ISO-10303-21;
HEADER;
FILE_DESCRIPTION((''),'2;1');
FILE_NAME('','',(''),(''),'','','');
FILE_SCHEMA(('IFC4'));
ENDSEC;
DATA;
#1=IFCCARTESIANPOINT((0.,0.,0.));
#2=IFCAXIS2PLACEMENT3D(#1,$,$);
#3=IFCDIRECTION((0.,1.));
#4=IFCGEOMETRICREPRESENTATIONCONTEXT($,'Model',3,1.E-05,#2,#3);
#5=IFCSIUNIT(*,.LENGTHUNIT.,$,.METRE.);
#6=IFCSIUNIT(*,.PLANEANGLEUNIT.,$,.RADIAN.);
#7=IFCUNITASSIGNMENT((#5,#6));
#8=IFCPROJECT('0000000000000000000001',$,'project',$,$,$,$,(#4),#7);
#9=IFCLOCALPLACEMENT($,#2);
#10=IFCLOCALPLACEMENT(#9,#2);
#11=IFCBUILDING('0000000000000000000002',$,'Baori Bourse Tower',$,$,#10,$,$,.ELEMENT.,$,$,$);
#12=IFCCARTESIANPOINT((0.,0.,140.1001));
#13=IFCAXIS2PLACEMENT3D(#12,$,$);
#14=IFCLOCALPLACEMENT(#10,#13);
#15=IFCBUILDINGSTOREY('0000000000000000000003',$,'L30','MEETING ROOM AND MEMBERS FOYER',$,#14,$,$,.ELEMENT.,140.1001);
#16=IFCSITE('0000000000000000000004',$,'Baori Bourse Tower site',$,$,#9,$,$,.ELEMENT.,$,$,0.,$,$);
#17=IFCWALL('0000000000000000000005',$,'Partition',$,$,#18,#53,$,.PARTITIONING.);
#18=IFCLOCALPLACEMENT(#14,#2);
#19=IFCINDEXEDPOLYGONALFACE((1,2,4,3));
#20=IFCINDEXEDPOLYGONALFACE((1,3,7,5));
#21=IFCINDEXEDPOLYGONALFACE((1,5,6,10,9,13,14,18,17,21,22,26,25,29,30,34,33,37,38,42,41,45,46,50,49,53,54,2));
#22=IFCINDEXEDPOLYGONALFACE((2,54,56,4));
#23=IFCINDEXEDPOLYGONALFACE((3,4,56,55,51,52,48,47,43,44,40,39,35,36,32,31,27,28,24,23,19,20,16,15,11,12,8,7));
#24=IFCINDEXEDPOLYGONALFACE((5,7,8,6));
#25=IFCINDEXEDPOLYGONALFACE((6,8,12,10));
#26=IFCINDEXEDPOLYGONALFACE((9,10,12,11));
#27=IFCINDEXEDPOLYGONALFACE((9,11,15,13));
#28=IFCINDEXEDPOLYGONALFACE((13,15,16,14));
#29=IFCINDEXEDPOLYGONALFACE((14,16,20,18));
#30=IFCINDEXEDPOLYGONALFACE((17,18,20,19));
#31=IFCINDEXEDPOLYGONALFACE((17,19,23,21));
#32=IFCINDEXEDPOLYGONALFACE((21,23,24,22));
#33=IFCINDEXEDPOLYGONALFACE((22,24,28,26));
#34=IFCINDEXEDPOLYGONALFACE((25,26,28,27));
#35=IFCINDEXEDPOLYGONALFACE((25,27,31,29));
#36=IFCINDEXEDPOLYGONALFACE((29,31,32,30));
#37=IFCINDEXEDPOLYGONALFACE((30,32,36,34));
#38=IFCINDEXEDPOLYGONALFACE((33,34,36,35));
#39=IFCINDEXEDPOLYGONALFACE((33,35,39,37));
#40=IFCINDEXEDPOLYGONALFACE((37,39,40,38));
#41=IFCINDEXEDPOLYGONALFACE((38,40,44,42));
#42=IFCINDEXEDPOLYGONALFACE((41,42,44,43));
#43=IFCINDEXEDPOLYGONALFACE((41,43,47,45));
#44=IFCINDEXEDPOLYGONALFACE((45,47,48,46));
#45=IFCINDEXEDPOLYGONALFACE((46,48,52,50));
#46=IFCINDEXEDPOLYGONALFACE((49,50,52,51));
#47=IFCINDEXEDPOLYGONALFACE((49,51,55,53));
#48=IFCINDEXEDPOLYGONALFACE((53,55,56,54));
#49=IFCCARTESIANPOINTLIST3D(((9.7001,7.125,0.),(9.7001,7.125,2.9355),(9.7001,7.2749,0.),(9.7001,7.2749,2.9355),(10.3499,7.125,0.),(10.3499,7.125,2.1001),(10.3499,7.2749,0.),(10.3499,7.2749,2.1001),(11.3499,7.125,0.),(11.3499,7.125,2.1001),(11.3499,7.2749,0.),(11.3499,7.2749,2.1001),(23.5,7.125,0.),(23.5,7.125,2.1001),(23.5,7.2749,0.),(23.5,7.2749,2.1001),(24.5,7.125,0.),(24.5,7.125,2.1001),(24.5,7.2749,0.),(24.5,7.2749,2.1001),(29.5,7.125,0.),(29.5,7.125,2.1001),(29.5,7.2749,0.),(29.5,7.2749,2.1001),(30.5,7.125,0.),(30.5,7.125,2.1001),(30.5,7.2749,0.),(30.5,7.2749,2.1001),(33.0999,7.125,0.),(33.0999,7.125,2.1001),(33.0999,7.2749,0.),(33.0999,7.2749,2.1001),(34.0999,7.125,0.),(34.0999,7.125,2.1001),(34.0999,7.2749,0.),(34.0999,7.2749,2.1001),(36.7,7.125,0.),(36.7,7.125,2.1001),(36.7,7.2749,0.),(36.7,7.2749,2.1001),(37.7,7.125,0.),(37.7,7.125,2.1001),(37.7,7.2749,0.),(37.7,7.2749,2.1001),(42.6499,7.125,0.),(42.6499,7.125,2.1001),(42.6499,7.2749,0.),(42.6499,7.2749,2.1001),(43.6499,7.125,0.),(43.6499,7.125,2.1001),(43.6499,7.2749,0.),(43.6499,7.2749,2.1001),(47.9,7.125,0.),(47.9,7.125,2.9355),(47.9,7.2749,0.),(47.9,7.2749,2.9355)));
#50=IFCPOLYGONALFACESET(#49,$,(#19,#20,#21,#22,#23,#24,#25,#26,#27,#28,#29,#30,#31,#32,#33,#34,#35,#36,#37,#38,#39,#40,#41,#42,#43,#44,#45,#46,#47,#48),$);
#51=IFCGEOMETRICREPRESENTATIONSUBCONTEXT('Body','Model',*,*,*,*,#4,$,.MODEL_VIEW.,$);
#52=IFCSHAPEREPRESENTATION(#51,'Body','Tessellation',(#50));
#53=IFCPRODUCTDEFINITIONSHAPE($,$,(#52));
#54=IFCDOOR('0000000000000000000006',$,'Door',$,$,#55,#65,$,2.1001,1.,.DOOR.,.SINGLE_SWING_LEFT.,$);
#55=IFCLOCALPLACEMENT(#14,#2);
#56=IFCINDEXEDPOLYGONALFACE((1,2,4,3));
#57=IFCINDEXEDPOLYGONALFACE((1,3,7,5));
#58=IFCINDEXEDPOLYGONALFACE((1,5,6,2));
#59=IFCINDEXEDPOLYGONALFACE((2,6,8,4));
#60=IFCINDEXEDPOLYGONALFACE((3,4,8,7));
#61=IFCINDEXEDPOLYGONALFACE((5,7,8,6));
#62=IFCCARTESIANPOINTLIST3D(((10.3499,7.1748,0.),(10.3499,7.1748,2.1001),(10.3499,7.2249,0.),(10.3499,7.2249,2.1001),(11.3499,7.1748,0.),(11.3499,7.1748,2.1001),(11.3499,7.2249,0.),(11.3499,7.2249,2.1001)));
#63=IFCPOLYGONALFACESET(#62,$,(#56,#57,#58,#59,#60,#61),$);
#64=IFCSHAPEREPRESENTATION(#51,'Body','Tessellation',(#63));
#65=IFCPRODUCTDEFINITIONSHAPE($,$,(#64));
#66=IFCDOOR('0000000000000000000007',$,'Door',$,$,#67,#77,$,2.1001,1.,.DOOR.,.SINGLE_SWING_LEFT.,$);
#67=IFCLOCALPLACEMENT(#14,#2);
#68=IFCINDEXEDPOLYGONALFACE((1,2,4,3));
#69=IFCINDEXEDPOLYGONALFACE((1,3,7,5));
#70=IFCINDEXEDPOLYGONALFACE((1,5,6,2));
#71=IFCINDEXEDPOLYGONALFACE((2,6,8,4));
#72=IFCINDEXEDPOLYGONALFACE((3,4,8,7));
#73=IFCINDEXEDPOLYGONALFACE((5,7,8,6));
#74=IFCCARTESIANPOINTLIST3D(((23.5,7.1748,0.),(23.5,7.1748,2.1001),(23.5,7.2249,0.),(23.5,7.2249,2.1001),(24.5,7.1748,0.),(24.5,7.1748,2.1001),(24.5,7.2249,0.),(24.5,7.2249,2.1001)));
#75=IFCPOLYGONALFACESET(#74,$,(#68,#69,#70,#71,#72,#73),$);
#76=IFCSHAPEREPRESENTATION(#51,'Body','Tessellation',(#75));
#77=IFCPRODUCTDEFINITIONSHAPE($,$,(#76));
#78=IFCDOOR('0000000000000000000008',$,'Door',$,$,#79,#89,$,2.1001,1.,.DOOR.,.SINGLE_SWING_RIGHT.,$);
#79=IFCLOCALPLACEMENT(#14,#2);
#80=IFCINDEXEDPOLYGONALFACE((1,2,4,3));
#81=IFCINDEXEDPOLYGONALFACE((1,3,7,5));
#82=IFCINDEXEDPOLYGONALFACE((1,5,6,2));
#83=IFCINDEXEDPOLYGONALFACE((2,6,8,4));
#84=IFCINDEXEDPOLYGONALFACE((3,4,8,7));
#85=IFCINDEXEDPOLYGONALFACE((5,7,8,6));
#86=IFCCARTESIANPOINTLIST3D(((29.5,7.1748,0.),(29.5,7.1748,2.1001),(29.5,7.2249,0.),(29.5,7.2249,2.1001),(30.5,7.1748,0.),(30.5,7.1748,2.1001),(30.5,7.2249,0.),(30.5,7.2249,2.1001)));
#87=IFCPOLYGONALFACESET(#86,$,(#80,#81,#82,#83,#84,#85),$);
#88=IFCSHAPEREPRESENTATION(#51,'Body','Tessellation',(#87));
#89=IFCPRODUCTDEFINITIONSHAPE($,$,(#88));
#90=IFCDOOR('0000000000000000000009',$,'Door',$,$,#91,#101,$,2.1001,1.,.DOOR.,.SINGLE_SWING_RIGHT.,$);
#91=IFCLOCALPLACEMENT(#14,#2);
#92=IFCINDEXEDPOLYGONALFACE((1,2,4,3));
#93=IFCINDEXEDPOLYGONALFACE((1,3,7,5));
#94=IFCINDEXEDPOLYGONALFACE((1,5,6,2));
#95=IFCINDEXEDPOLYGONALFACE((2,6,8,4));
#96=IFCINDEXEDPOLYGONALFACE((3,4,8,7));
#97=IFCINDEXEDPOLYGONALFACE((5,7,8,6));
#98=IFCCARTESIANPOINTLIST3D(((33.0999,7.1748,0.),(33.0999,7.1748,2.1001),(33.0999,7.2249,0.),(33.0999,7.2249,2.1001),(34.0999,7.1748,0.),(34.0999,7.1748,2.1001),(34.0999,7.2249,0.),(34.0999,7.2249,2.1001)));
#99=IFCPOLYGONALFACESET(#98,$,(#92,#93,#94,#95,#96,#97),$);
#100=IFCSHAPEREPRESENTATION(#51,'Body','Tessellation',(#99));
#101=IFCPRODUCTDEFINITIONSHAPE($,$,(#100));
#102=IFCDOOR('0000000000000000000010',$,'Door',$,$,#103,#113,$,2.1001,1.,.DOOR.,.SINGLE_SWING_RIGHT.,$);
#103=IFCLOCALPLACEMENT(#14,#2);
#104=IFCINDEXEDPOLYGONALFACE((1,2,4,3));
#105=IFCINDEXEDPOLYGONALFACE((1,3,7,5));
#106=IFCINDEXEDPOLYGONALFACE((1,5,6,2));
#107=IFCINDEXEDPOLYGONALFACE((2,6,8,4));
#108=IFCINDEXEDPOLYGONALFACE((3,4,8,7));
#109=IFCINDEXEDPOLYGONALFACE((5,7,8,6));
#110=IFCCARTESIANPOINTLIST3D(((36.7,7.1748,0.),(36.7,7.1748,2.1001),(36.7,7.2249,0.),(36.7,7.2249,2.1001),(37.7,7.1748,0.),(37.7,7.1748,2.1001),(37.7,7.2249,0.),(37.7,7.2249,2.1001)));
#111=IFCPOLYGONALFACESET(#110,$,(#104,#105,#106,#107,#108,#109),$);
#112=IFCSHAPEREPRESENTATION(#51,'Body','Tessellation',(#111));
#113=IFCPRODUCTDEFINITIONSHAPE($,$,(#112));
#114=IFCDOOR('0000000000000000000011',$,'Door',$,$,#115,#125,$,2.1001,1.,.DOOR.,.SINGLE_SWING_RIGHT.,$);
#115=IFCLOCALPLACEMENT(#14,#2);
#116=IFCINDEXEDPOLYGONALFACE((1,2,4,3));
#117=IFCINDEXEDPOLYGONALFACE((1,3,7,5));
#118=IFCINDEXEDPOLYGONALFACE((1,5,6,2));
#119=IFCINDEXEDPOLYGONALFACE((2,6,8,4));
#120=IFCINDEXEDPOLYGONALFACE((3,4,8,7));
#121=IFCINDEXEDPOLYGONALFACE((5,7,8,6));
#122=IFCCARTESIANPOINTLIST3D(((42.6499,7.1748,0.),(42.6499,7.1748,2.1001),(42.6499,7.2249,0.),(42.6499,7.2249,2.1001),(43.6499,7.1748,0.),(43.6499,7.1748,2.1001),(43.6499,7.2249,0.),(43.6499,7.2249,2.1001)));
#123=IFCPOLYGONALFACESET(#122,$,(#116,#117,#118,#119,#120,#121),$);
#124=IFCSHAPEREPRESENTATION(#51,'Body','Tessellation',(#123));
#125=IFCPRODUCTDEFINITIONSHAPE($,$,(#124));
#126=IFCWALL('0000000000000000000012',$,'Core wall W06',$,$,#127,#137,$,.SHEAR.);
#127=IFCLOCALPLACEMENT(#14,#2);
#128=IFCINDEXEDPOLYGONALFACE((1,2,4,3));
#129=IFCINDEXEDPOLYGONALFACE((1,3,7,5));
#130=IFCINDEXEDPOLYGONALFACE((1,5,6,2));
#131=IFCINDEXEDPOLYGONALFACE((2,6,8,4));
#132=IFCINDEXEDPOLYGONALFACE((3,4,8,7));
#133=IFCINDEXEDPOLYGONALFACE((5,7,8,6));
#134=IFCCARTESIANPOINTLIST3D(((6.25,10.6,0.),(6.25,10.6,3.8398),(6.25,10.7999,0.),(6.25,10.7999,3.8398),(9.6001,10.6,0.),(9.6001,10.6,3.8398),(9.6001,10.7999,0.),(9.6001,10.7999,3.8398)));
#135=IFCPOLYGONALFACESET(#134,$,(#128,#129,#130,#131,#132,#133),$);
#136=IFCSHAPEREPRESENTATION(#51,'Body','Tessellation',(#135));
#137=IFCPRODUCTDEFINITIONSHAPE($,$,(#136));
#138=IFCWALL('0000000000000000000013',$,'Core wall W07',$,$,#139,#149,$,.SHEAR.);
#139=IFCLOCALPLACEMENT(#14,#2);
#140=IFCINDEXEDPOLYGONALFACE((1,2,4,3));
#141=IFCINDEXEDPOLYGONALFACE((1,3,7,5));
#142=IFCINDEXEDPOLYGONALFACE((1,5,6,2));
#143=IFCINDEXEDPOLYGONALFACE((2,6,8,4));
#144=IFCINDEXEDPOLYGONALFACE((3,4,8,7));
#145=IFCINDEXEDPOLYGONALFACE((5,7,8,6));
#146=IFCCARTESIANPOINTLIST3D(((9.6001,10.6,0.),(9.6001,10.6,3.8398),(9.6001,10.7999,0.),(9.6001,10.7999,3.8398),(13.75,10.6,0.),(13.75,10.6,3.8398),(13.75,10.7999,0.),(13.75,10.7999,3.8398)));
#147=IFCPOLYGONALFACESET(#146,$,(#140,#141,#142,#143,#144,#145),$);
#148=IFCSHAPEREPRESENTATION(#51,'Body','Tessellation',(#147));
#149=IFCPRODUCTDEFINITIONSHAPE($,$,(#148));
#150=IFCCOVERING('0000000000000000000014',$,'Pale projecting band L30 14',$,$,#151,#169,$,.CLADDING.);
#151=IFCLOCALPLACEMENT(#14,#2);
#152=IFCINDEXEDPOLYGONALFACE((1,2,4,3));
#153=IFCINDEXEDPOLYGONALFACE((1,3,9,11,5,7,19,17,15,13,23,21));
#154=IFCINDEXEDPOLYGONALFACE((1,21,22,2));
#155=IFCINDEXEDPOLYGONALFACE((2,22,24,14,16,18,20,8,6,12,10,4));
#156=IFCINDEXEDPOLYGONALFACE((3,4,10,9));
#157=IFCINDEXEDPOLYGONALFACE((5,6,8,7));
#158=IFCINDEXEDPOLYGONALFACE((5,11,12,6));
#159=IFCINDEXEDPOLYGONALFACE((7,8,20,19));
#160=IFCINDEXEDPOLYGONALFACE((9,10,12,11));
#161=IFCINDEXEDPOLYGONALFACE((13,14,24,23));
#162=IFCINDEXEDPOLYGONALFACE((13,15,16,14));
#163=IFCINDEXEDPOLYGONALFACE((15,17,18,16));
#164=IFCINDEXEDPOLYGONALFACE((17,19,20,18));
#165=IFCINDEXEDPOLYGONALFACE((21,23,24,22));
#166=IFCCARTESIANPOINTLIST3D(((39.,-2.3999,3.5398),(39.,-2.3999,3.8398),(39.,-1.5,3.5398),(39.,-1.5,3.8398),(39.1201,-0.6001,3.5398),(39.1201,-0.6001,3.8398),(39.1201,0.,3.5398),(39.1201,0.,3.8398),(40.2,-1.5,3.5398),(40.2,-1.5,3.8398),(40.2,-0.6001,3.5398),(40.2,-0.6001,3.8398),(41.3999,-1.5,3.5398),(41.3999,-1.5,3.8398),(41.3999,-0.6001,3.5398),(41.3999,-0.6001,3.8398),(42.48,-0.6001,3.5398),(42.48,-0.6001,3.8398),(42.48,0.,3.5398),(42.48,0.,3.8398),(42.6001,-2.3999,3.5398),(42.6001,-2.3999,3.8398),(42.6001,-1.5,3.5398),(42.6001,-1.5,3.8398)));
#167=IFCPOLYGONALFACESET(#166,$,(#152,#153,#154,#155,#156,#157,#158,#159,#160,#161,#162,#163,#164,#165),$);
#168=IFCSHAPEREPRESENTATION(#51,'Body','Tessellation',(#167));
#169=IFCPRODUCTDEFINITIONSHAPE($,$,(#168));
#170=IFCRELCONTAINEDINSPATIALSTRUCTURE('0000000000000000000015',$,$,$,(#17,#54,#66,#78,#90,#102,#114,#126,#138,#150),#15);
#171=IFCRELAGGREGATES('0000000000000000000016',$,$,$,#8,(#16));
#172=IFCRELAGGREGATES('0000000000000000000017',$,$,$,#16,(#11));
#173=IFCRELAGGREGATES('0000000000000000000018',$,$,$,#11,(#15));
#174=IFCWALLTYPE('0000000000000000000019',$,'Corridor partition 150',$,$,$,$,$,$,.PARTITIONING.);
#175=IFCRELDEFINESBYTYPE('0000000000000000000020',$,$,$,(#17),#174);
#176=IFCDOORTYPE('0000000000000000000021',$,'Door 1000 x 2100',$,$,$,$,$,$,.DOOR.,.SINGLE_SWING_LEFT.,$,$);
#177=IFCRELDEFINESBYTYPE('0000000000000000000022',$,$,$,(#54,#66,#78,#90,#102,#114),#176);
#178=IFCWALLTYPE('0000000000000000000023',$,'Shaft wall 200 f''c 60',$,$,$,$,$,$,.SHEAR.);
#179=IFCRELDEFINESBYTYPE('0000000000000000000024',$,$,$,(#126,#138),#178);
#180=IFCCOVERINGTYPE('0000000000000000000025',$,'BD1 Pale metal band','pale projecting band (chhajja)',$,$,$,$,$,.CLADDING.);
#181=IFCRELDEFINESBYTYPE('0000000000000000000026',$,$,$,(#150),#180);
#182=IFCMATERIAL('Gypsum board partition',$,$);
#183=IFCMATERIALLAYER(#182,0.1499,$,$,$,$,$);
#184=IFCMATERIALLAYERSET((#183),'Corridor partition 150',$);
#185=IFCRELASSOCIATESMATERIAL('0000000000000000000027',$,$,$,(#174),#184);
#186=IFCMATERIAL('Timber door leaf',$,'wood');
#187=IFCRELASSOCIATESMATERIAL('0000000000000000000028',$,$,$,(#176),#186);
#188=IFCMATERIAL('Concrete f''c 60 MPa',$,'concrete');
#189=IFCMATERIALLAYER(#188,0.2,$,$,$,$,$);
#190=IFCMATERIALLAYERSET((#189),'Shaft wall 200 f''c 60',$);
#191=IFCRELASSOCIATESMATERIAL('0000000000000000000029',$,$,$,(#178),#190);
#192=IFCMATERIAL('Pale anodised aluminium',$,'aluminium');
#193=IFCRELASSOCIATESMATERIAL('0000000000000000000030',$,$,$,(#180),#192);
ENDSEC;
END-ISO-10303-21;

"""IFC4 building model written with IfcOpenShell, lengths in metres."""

from ifc_helpers import new_model, si_unit, direction, frame, frame_2d, origin, place, context, subcontext, project, spatial, polyline, rectangle, outline, extrude, material, layer, layer_set, type_object, element, fill, save


model = new_model("IFC4")

# Units and contexts
model_context = context("Model", 3, precision=1e-05, world=origin(), true_north=direction((0.0, 1.0)))
body_context = subcontext(model_context, "Body", "Model", "MODEL_VIEW")
ifc_project = project(units=[si_unit("LENGTHUNIT", "METRE"), si_unit("PLANEANGLEUNIT", "RADIAN")], contexts=[model_context])

# Site, building, storey
site_placement = place(None, origin())
site = spatial("IfcSite", under=ifc_project, at=site_placement, Name="Baori Bourse Tower site", CompositionType="ELEMENT", RefElevation=0.0)
building_placement = place(site_placement, origin())
building = spatial("IfcBuilding", under=site, at=building_placement, Name="Baori Bourse Tower", CompositionType="ELEMENT")
storey_placement = place(building_placement, frame((0.0, 0.0, 140.1001)))
storey = spatial("IfcBuildingStorey", under=building, at=storey_placement, Name="L30", Description="MEETING ROOM AND MEMBERS FOYER", CompositionType="ELEMENT", Elevation=140.1001)

# Wall, openings, doors
ifc_material_1 = material(Name="Gypsum board partition")
ifc_layer_1 = layer(ifc_material_1, 0.1499)
ifc_layer_set_1 = layer_set([ifc_layer_1], Name="Corridor partition 150")
wall_type_1 = type_object("IfcWallType", Name="Corridor partition 150", PredefinedType="PARTITIONING", material=ifc_layer_set_1)
wall_1_placement = place(storey_placement, frame((9.7, 7.2, 0.0), z_axis=(0.0, 0.0, 1.0), x_axis=(1.0, 0.0, 0.0)))
wall_1 = element("IfcWall", 1, at=wall_1_placement, inside=storey, type_object=wall_type_1, Name="Partition", PredefinedType="PARTITIONING", context=body_context, shape_type="SweptSolid", body=[
    extrude(rectangle(XDim=38.2, YDim=0.1499, at=frame_2d((19.1001, 0.0))), origin(), (0.0, 0.0, 1.0), 2.9355),
])
opening_1_placement = place(wall_1_placement, frame((0.6499, 0.0, 0.0)))
opening_1 = element("IfcOpeningElement", 2, at=opening_1_placement, cuts=wall_1, PredefinedType="OPENING", context=body_context, shape_type="SweptSolid", body=[
    extrude(rectangle(XDim=1.0, YDim=2.1001, at=frame_2d((0.5, 1.05))), frame((0.0, 0.085, 0.0), z_axis=(0.0, -1.0, 0.0), x_axis=(1.0, 0.0, 0.0)), (0.0, 0.0, 1.0), 0.1699),
])
opening_2_placement = place(wall_1_placement, frame((13.8, 0.0, 0.0)))
opening_2 = element("IfcOpeningElement", 3, at=opening_2_placement, cuts=wall_1, PredefinedType="OPENING", context=body_context, shape_type="SweptSolid", body=[
    extrude(rectangle(XDim=1.0, YDim=2.1001, at=frame_2d((0.5, 1.05))), frame((0.0, 0.085, 0.0), z_axis=(0.0, -1.0, 0.0), x_axis=(1.0, 0.0, 0.0)), (0.0, 0.0, 1.0), 0.1699),
])
opening_3_placement = place(wall_1_placement, frame((19.8, 0.0, 0.0)))
opening_3 = element("IfcOpeningElement", 4, at=opening_3_placement, cuts=wall_1, PredefinedType="OPENING", context=body_context, shape_type="SweptSolid", body=[
    extrude(rectangle(XDim=1.0, YDim=2.1001, at=frame_2d((0.5, 1.05))), frame((0.0, 0.085, 0.0), z_axis=(0.0, -1.0, 0.0), x_axis=(1.0, 0.0, 0.0)), (0.0, 0.0, 1.0), 0.1699),
])
opening_4_placement = place(wall_1_placement, frame((23.3999, 0.0, 0.0)))
opening_4 = element("IfcOpeningElement", 5, at=opening_4_placement, cuts=wall_1, PredefinedType="OPENING", context=body_context, shape_type="SweptSolid", body=[
    extrude(rectangle(XDim=1.0, YDim=2.1001, at=frame_2d((0.5, 1.05))), frame((0.0, 0.085, 0.0), z_axis=(0.0, -1.0, 0.0), x_axis=(1.0, 0.0, 0.0)), (0.0, 0.0, 1.0), 0.1699),
])
opening_5_placement = place(wall_1_placement, frame((27.0, 0.0, 0.0)))
opening_5 = element("IfcOpeningElement", 6, at=opening_5_placement, cuts=wall_1, PredefinedType="OPENING", context=body_context, shape_type="SweptSolid", body=[
    extrude(rectangle(XDim=1.0, YDim=2.1001, at=frame_2d((0.5, 1.05))), frame((0.0, 0.085, 0.0), z_axis=(0.0, -1.0, 0.0), x_axis=(1.0, 0.0, 0.0)), (0.0, 0.0, 1.0), 0.1699),
])
opening_6_placement = place(wall_1_placement, frame((32.95, 0.0, 0.0)))
opening_6 = element("IfcOpeningElement", 7, at=opening_6_placement, cuts=wall_1, PredefinedType="OPENING", context=body_context, shape_type="SweptSolid", body=[
    extrude(rectangle(XDim=1.0, YDim=2.1001, at=frame_2d((0.5, 1.05))), frame((0.0, 0.085, 0.0), z_axis=(0.0, -1.0, 0.0), x_axis=(1.0, 0.0, 0.0)), (0.0, 0.0, 1.0), 0.1699),
])
ifc_material_2 = material(Name="Timber door leaf", Category="wood")
door_type = type_object("IfcDoorType", Name="Door 1000 x 2100", OperationType="SINGLE_SWING_LEFT", PredefinedType="DOOR", material=ifc_material_2)
door_1_placement = place(opening_1_placement, origin())
door_1 = element("IfcDoor", 8, at=door_1_placement, inside=storey, type_object=door_type, Name="Door", OperationType="SINGLE_SWING_LEFT", OverallHeight=2.1001, OverallWidth=1.0, PredefinedType="DOOR", context=body_context, shape_type="SweptSolid", body=[
    extrude(rectangle(XDim=1.0, YDim=2.1001, at=frame_2d((0.5, 1.05))), frame((0.0, 0.0249, 0.0), z_axis=(0.0, -1.0, 0.0), x_axis=(1.0, 0.0, 0.0)), (0.0, 0.0, 1.0), 0.05),
])
fill(opening_1, door_1)
door_2_placement = place(opening_2_placement, origin())
door_2 = element("IfcDoor", 9, at=door_2_placement, inside=storey, type_object=door_type, Name="Door", OperationType="SINGLE_SWING_LEFT", OverallHeight=2.1001, OverallWidth=1.0, PredefinedType="DOOR", context=body_context, shape_type="SweptSolid", body=[
    extrude(rectangle(XDim=1.0, YDim=2.1001, at=frame_2d((0.5, 1.05))), frame((0.0, 0.0249, 0.0), z_axis=(0.0, -1.0, 0.0), x_axis=(1.0, 0.0, 0.0)), (0.0, 0.0, 1.0), 0.05),
])
fill(opening_2, door_2)
door_3_placement = place(opening_3_placement, origin())
door_3 = element("IfcDoor", 10, at=door_3_placement, inside=storey, type_object=door_type, Name="Door", OperationType="SINGLE_SWING_RIGHT", OverallHeight=2.1001, OverallWidth=1.0, PredefinedType="DOOR", context=body_context, shape_type="SweptSolid", body=[
    extrude(rectangle(XDim=1.0, YDim=2.1001, at=frame_2d((0.5, 1.05))), frame((0.0, 0.0249, 0.0), z_axis=(0.0, -1.0, 0.0), x_axis=(1.0, 0.0, 0.0)), (0.0, 0.0, 1.0), 0.05),
])
fill(opening_3, door_3)
door_4_placement = place(opening_4_placement, origin())
door_4 = element("IfcDoor", 11, at=door_4_placement, inside=storey, type_object=door_type, Name="Door", OperationType="SINGLE_SWING_RIGHT", OverallHeight=2.1001, OverallWidth=1.0, PredefinedType="DOOR", context=body_context, shape_type="SweptSolid", body=[
    extrude(rectangle(XDim=1.0, YDim=2.1001, at=frame_2d((0.5, 1.05))), frame((0.0, 0.0249, 0.0), z_axis=(0.0, -1.0, 0.0), x_axis=(1.0, 0.0, 0.0)), (0.0, 0.0, 1.0), 0.05),
])
fill(opening_4, door_4)
door_5_placement = place(opening_5_placement, origin())
door_5 = element("IfcDoor", 12, at=door_5_placement, inside=storey, type_object=door_type, Name="Door", OperationType="SINGLE_SWING_RIGHT", OverallHeight=2.1001, OverallWidth=1.0, PredefinedType="DOOR", context=body_context, shape_type="SweptSolid", body=[
    extrude(rectangle(XDim=1.0, YDim=2.1001, at=frame_2d((0.5, 1.05))), frame((0.0, 0.0249, 0.0), z_axis=(0.0, -1.0, 0.0), x_axis=(1.0, 0.0, 0.0)), (0.0, 0.0, 1.0), 0.05),
])
fill(opening_5, door_5)
door_6_placement = place(opening_6_placement, origin())
door_6 = element("IfcDoor", 13, at=door_6_placement, inside=storey, type_object=door_type, Name="Door", OperationType="SINGLE_SWING_RIGHT", OverallHeight=2.1001, OverallWidth=1.0, PredefinedType="DOOR", context=body_context, shape_type="SweptSolid", body=[
    extrude(rectangle(XDim=1.0, YDim=2.1001, at=frame_2d((0.5, 1.05))), frame((0.0, 0.0249, 0.0), z_axis=(0.0, -1.0, 0.0), x_axis=(1.0, 0.0, 0.0)), (0.0, 0.0, 1.0), 0.05),
])
fill(opening_6, door_6)

# Walls
ifc_material_3 = material(Name="Concrete f'c 60 MPa", Category="concrete")
ifc_layer_2 = layer(ifc_material_3, 0.2)
ifc_layer_set_2 = layer_set([ifc_layer_2], Name="Shaft wall 200 f'c 60")
wall_type_2 = type_object("IfcWallType", Name="Shaft wall 200 f'c 60", PredefinedType="SHEAR", material=ifc_layer_set_2)
wall_2_placement = place(storey_placement, frame((6.25, 10.7, 0.0), z_axis=(0.0, 0.0, 1.0), x_axis=(1.0, 0.0, 0.0)))
element("IfcWall", 14, at=wall_2_placement, inside=storey, type_object=wall_type_2, Name="Core wall W06", PredefinedType="SHEAR", context=body_context, shape_type="SweptSolid", body=[
    extrude(rectangle(XDim=3.3501, YDim=0.2, at=frame_2d((1.675, 0.0))), origin(), (0.0, 0.0, 1.0), 3.8398),
])
wall_3_placement = place(storey_placement, frame((9.6001, 10.7, 0.0), z_axis=(0.0, 0.0, 1.0), x_axis=(1.0, 0.0, 0.0)))
element("IfcWall", 15, at=wall_3_placement, inside=storey, type_object=wall_type_2, Name="Core wall W07", PredefinedType="SHEAR", context=body_context, shape_type="SweptSolid", body=[
    extrude(rectangle(XDim=4.1499, YDim=0.2, at=frame_2d((2.075, 0.0))), origin(), (0.0, 0.0, 1.0), 3.8398),
])

# Covering
ifc_material_4 = material(Name="Pale anodised aluminium", Category="aluminium")
covering_type = type_object("IfcCoveringType", Name="BD1 Pale metal band", Description="pale projecting band (chhajja)", PredefinedType="CLADDING", material=ifc_material_4)
covering_placement = place(storey_placement, frame((0.0, 0.0, 3.5398)))
element("IfcCovering", 16, at=covering_placement, inside=storey, type_object=covering_type, Name="Pale projecting band L30 14", PredefinedType="CLADDING", context=body_context, shape_type="SweptSolid", body=[
    extrude(outline(polyline([(42.48, 0.0), (39.1201, 0.0), (39.1201, -0.6001), (40.2, -0.6001), (40.2, -1.5), (39.0, -1.5), (39.0, -2.3999), (42.6001, -2.3999), (42.6001, -1.5), (41.3999, -1.5), (41.3999, -0.6001), (42.48, -0.6001), (42.48, 0.0)])), origin(), (0.0, 0.0, 1.0), 0.3),
])

save(model, "model.ifc")
